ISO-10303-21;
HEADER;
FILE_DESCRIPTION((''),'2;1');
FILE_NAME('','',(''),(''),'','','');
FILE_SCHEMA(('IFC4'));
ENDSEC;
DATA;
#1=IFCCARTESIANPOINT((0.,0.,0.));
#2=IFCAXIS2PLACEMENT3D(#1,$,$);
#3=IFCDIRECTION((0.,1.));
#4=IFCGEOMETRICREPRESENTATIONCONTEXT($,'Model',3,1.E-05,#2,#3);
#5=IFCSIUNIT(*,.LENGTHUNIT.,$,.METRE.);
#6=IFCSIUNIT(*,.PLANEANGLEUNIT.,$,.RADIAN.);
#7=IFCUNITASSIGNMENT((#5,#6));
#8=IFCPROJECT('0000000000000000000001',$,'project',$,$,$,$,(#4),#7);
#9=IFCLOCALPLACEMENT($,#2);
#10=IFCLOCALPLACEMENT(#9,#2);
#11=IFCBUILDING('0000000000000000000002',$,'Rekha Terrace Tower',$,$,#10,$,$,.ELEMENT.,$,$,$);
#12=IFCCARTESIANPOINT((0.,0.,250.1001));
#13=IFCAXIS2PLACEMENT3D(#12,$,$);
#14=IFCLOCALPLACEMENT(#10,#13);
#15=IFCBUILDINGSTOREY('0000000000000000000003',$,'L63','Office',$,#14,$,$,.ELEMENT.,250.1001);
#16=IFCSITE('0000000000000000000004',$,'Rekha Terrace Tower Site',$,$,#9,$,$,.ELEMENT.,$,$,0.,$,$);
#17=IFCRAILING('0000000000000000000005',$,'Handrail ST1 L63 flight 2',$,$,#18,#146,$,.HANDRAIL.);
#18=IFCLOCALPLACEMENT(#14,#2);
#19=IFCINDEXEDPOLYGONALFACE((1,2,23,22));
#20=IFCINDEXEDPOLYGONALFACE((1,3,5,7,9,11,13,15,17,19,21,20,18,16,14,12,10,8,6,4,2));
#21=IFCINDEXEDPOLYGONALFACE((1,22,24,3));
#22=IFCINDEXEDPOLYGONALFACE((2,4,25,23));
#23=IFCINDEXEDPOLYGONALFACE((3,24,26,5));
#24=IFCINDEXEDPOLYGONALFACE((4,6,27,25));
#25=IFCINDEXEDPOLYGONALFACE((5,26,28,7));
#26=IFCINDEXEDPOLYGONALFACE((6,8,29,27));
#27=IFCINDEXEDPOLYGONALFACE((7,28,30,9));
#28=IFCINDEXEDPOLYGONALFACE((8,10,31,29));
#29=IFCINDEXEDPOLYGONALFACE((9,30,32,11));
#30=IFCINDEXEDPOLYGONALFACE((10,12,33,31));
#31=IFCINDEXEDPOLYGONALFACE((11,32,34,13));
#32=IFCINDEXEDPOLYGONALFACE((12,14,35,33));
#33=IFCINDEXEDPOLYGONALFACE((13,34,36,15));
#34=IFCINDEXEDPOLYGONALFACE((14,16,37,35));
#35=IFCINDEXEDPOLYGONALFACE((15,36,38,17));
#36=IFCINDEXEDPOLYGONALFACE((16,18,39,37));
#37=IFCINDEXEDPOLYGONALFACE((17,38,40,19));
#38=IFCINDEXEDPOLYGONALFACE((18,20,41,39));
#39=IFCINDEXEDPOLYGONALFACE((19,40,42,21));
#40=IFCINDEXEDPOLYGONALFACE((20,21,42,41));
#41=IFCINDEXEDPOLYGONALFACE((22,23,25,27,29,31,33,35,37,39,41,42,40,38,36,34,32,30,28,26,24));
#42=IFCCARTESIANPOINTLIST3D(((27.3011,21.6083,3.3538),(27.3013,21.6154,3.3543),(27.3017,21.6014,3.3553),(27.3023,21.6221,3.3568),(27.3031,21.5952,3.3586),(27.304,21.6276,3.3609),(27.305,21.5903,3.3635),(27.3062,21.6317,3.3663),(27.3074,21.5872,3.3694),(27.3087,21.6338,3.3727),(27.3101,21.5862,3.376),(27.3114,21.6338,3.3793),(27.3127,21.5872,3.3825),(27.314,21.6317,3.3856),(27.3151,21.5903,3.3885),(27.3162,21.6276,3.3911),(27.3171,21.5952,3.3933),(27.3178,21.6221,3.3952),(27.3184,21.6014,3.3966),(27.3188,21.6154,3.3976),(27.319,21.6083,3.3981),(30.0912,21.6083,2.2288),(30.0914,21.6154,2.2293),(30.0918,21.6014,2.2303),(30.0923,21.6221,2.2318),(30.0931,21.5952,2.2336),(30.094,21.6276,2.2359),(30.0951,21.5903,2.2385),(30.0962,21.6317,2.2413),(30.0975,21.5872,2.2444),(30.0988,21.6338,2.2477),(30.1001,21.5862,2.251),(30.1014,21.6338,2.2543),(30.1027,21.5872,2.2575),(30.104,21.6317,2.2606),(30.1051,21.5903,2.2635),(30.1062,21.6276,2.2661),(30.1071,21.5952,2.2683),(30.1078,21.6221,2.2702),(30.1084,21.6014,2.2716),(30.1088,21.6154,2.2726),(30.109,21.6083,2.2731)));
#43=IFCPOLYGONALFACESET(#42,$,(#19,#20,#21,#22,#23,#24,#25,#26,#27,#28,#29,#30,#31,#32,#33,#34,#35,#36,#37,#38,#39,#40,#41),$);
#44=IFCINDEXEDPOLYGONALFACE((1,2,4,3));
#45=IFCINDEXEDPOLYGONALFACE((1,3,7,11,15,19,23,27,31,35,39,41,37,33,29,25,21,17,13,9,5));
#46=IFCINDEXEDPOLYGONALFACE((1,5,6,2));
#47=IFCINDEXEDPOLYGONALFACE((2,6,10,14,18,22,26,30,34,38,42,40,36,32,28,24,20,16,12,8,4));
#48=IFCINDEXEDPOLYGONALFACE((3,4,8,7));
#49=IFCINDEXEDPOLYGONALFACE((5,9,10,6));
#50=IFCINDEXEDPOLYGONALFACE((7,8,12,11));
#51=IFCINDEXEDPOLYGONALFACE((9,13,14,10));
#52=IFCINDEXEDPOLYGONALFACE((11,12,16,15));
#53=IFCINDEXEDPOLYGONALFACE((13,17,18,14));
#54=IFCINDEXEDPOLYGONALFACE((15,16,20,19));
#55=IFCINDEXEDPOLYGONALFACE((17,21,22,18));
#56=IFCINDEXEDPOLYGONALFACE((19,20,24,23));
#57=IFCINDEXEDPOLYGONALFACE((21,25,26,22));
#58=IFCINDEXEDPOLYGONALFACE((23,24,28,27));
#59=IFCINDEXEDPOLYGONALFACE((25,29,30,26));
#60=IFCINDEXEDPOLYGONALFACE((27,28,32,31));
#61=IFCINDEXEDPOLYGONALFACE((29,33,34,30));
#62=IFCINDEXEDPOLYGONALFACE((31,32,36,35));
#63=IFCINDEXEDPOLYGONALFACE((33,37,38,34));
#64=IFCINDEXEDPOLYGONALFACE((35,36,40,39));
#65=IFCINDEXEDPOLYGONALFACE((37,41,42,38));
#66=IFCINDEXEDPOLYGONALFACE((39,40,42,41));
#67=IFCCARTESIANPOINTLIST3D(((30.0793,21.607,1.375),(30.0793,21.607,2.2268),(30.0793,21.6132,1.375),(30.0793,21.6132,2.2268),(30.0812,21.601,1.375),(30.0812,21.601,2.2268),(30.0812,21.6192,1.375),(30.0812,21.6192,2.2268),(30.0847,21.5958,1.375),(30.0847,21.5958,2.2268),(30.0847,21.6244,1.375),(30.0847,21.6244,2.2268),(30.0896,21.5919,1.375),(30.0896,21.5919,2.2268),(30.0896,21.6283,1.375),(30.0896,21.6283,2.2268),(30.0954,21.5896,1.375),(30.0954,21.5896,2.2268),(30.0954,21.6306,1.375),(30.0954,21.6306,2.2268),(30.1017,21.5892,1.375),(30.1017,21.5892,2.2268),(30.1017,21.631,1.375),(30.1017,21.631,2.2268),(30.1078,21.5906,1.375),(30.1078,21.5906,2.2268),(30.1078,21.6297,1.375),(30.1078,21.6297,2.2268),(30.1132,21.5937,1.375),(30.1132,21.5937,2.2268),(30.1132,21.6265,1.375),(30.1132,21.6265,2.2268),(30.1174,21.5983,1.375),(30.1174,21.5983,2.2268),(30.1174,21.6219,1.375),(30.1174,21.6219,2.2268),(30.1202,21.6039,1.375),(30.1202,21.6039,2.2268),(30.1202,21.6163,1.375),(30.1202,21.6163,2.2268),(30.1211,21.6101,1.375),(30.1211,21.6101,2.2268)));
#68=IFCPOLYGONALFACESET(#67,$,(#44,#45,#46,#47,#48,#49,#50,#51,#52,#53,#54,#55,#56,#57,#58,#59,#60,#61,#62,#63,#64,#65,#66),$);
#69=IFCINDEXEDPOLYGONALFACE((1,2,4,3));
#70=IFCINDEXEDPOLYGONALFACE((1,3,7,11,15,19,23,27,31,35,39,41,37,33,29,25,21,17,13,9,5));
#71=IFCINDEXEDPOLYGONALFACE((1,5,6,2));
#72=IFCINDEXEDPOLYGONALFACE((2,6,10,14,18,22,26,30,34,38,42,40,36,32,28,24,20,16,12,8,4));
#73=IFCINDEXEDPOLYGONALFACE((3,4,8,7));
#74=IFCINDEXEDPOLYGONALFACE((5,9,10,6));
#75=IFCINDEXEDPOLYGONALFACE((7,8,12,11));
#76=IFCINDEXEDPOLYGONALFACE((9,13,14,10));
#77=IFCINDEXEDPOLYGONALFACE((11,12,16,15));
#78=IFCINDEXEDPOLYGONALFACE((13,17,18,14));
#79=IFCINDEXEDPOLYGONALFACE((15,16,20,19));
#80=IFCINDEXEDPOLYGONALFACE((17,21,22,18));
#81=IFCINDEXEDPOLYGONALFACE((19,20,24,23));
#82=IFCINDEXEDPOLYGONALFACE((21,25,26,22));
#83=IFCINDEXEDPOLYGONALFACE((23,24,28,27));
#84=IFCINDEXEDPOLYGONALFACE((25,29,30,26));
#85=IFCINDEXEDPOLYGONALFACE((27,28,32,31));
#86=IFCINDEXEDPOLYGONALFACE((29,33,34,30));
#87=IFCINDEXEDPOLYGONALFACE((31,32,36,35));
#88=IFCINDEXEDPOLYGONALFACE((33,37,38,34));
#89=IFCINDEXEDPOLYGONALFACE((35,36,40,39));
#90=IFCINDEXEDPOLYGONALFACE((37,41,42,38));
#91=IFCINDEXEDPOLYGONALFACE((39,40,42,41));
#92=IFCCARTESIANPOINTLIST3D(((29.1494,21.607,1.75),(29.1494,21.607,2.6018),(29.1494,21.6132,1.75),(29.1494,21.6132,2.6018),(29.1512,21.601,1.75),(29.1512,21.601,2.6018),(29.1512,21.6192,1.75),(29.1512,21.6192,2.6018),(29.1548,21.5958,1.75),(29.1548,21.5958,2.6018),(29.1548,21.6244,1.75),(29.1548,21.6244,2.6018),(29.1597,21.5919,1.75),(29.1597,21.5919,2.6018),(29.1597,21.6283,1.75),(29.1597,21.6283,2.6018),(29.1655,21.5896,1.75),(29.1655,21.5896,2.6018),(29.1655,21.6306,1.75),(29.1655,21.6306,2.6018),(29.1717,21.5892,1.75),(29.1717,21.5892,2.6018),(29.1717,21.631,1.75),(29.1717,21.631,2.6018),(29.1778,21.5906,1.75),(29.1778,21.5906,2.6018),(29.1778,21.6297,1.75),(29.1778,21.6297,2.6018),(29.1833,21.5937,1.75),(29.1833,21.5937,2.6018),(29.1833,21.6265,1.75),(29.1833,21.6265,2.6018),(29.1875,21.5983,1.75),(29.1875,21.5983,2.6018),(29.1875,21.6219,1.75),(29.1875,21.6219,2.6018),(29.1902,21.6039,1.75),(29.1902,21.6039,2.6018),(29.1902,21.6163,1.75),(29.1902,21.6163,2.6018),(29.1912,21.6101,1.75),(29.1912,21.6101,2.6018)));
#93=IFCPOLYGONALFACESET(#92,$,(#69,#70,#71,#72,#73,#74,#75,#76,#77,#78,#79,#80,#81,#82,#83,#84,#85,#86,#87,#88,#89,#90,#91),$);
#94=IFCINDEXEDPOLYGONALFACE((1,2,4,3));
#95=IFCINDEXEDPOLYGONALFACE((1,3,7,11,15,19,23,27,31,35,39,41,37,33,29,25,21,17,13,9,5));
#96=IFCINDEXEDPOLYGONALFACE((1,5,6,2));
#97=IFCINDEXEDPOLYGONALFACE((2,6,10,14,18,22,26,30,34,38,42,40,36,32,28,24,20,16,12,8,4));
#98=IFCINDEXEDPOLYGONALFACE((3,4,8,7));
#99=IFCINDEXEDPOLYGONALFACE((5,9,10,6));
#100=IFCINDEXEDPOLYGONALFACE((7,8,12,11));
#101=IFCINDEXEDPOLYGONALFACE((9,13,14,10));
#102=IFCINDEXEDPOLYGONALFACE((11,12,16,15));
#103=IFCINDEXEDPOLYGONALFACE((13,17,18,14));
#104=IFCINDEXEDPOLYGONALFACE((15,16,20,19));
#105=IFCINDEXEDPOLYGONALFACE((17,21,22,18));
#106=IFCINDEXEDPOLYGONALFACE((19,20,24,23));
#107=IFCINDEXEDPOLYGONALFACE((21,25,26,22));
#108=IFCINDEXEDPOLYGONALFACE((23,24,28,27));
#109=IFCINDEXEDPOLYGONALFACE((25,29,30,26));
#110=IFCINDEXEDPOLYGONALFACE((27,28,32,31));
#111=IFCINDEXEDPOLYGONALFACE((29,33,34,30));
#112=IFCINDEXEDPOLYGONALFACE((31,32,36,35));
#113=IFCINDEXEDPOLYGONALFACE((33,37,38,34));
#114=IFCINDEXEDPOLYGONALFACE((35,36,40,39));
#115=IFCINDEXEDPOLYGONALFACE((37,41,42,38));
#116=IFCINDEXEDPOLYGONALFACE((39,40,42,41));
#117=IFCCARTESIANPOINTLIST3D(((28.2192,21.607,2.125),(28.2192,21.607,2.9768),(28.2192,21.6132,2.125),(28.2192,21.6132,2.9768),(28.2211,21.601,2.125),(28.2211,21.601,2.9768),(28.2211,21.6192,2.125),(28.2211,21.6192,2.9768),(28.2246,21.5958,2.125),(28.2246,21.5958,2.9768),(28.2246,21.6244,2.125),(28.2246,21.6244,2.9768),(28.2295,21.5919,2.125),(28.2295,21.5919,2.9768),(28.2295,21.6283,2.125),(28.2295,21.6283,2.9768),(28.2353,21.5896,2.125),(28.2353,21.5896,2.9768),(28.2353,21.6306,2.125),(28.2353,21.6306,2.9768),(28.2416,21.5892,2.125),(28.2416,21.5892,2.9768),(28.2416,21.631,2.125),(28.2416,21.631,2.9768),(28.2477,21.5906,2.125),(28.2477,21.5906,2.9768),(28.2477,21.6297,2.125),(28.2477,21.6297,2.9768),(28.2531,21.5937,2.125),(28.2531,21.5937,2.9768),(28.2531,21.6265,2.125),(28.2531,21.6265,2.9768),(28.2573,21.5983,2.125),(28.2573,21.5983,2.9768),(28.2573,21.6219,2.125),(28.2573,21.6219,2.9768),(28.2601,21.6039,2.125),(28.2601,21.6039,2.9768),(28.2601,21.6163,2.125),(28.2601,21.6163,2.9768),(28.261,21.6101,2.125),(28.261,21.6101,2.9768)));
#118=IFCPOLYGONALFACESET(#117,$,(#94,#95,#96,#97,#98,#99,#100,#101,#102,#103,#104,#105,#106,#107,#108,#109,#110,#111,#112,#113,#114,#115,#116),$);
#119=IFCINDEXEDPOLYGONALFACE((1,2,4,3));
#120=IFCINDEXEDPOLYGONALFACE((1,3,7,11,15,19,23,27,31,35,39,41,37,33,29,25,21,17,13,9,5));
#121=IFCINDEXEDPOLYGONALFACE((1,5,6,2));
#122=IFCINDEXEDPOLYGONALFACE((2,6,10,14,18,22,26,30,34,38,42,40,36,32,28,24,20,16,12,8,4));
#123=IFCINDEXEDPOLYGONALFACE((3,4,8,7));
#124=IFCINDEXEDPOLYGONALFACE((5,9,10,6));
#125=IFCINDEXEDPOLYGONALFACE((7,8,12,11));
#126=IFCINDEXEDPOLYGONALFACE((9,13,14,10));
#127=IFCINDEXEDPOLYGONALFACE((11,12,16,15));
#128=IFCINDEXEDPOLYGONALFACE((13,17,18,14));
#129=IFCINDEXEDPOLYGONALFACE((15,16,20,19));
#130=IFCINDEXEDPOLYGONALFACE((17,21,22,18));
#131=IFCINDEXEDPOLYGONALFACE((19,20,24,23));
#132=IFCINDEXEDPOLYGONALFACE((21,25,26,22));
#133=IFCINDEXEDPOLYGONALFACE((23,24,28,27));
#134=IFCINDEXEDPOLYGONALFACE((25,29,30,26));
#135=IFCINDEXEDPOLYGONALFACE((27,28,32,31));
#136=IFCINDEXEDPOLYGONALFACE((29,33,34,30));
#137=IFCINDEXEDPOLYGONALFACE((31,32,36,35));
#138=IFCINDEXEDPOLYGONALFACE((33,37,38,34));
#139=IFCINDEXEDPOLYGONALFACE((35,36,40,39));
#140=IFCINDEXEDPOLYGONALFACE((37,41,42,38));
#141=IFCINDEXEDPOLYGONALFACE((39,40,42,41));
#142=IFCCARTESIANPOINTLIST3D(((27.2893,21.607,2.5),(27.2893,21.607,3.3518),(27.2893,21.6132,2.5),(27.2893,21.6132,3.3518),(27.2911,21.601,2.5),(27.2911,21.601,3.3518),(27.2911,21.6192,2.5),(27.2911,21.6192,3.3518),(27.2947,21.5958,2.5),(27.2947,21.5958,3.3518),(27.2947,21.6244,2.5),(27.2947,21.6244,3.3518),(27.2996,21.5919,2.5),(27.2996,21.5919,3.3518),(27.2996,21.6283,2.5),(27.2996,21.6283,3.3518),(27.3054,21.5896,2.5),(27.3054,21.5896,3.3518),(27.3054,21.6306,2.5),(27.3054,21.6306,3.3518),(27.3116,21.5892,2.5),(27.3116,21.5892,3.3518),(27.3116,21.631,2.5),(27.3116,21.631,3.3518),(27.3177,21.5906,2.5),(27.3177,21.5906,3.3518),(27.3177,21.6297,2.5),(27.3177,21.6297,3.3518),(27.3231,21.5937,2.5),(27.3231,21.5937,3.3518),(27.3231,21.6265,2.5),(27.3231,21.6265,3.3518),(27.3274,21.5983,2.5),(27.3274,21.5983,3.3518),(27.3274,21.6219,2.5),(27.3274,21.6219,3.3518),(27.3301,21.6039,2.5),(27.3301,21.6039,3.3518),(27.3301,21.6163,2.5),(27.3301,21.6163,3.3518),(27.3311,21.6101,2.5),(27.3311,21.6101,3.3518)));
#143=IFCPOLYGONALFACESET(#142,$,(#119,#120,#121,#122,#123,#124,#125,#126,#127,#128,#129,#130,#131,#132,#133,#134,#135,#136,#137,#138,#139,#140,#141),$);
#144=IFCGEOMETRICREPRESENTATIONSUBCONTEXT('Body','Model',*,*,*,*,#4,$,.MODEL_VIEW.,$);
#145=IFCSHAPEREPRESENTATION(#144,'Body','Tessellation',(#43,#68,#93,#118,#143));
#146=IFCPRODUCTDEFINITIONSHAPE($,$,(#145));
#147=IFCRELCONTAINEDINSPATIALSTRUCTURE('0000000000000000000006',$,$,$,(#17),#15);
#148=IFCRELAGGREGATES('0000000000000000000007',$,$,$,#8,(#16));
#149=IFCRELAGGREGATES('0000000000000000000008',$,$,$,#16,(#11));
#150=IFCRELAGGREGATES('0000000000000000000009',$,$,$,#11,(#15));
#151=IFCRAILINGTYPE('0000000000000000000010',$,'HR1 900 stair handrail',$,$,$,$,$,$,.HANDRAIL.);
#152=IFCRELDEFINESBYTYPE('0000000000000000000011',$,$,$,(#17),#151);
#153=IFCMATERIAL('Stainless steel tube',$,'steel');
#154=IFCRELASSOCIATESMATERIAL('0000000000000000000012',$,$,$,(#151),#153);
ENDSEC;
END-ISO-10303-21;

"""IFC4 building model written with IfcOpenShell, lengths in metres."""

from ifc_helpers import new_model, si_unit, direction, frame, origin, origin_2d, place, context, subcontext, project, spatial, circle, extrude, material, type_object, element, save


model = new_model("IFC4")

# Units and contexts
model_context = context("Model", 3, precision=1e-05, world=origin(), true_north=direction((0.0, 1.0)))
body_context = subcontext(model_context, "Body", "Model", "MODEL_VIEW")
ifc_project = project(units=[si_unit("LENGTHUNIT", "METRE"), si_unit("PLANEANGLEUNIT", "RADIAN")], contexts=[model_context])

# Site, building, storey
site_placement = place(None, origin())
site = spatial("IfcSite", under=ifc_project, at=site_placement, Name="Rekha Terrace Tower Site", CompositionType="ELEMENT", RefElevation=0.0)
building_placement = place(site_placement, origin())
building = spatial("IfcBuilding", under=site, at=building_placement, Name="Rekha Terrace Tower", CompositionType="ELEMENT")
storey_placement = place(building_placement, frame((0.0, 0.0, 250.1001)))
storey = spatial("IfcBuildingStorey", under=building, at=storey_placement, Name="L63", Description="Office", CompositionType="ELEMENT", Elevation=250.1001)

# Railing
ifc_material_1 = material(Name="Stainless steel tube", Category="steel")
railing_type_1 = type_object("IfcRailingType", Name="HR1 900 stair handrail", PredefinedType="HANDRAIL", material=ifc_material_1)
railing_1_placement = place(storey_placement, frame((30.1001, 21.6101, 1.375)))
element("IfcRailing", 1, at=railing_1_placement, inside=storey, type_object=railing_type_1, Name="Handrail ST1 L63 flight 2", PredefinedType="HANDRAIL", context=body_context, shape_type="SweptSolid", body=[
    extrude(circle(Radius=0.0239, at=origin_2d()), frame((0.0, 0.0, 0.876), z_axis=(-0.927443, 0.0, 0.373964), x_axis=(0.0, -1.0, 0.0)), (0.0, 0.0, 1.0), 3.0083),
    extrude(circle(Radius=0.021, at=origin_2d()), origin(), (0.0, 0.0, 1.0), 0.8518),
    extrude(circle(Radius=0.021, at=origin_2d()), frame((-0.9299, 0.0, 0.375)), (0.0, 0.0, 1.0), 0.8518),
    extrude(circle(Radius=0.021, at=origin_2d()), frame((-1.8601, 0.0, 0.75)), (0.0, 0.0, 1.0), 0.8518),
    extrude(circle(Radius=0.021, at=origin_2d()), frame((-2.79, 0.0, 1.125)), (0.0, 0.0, 1.0), 0.8518),
])

save(model, "model.ifc")
